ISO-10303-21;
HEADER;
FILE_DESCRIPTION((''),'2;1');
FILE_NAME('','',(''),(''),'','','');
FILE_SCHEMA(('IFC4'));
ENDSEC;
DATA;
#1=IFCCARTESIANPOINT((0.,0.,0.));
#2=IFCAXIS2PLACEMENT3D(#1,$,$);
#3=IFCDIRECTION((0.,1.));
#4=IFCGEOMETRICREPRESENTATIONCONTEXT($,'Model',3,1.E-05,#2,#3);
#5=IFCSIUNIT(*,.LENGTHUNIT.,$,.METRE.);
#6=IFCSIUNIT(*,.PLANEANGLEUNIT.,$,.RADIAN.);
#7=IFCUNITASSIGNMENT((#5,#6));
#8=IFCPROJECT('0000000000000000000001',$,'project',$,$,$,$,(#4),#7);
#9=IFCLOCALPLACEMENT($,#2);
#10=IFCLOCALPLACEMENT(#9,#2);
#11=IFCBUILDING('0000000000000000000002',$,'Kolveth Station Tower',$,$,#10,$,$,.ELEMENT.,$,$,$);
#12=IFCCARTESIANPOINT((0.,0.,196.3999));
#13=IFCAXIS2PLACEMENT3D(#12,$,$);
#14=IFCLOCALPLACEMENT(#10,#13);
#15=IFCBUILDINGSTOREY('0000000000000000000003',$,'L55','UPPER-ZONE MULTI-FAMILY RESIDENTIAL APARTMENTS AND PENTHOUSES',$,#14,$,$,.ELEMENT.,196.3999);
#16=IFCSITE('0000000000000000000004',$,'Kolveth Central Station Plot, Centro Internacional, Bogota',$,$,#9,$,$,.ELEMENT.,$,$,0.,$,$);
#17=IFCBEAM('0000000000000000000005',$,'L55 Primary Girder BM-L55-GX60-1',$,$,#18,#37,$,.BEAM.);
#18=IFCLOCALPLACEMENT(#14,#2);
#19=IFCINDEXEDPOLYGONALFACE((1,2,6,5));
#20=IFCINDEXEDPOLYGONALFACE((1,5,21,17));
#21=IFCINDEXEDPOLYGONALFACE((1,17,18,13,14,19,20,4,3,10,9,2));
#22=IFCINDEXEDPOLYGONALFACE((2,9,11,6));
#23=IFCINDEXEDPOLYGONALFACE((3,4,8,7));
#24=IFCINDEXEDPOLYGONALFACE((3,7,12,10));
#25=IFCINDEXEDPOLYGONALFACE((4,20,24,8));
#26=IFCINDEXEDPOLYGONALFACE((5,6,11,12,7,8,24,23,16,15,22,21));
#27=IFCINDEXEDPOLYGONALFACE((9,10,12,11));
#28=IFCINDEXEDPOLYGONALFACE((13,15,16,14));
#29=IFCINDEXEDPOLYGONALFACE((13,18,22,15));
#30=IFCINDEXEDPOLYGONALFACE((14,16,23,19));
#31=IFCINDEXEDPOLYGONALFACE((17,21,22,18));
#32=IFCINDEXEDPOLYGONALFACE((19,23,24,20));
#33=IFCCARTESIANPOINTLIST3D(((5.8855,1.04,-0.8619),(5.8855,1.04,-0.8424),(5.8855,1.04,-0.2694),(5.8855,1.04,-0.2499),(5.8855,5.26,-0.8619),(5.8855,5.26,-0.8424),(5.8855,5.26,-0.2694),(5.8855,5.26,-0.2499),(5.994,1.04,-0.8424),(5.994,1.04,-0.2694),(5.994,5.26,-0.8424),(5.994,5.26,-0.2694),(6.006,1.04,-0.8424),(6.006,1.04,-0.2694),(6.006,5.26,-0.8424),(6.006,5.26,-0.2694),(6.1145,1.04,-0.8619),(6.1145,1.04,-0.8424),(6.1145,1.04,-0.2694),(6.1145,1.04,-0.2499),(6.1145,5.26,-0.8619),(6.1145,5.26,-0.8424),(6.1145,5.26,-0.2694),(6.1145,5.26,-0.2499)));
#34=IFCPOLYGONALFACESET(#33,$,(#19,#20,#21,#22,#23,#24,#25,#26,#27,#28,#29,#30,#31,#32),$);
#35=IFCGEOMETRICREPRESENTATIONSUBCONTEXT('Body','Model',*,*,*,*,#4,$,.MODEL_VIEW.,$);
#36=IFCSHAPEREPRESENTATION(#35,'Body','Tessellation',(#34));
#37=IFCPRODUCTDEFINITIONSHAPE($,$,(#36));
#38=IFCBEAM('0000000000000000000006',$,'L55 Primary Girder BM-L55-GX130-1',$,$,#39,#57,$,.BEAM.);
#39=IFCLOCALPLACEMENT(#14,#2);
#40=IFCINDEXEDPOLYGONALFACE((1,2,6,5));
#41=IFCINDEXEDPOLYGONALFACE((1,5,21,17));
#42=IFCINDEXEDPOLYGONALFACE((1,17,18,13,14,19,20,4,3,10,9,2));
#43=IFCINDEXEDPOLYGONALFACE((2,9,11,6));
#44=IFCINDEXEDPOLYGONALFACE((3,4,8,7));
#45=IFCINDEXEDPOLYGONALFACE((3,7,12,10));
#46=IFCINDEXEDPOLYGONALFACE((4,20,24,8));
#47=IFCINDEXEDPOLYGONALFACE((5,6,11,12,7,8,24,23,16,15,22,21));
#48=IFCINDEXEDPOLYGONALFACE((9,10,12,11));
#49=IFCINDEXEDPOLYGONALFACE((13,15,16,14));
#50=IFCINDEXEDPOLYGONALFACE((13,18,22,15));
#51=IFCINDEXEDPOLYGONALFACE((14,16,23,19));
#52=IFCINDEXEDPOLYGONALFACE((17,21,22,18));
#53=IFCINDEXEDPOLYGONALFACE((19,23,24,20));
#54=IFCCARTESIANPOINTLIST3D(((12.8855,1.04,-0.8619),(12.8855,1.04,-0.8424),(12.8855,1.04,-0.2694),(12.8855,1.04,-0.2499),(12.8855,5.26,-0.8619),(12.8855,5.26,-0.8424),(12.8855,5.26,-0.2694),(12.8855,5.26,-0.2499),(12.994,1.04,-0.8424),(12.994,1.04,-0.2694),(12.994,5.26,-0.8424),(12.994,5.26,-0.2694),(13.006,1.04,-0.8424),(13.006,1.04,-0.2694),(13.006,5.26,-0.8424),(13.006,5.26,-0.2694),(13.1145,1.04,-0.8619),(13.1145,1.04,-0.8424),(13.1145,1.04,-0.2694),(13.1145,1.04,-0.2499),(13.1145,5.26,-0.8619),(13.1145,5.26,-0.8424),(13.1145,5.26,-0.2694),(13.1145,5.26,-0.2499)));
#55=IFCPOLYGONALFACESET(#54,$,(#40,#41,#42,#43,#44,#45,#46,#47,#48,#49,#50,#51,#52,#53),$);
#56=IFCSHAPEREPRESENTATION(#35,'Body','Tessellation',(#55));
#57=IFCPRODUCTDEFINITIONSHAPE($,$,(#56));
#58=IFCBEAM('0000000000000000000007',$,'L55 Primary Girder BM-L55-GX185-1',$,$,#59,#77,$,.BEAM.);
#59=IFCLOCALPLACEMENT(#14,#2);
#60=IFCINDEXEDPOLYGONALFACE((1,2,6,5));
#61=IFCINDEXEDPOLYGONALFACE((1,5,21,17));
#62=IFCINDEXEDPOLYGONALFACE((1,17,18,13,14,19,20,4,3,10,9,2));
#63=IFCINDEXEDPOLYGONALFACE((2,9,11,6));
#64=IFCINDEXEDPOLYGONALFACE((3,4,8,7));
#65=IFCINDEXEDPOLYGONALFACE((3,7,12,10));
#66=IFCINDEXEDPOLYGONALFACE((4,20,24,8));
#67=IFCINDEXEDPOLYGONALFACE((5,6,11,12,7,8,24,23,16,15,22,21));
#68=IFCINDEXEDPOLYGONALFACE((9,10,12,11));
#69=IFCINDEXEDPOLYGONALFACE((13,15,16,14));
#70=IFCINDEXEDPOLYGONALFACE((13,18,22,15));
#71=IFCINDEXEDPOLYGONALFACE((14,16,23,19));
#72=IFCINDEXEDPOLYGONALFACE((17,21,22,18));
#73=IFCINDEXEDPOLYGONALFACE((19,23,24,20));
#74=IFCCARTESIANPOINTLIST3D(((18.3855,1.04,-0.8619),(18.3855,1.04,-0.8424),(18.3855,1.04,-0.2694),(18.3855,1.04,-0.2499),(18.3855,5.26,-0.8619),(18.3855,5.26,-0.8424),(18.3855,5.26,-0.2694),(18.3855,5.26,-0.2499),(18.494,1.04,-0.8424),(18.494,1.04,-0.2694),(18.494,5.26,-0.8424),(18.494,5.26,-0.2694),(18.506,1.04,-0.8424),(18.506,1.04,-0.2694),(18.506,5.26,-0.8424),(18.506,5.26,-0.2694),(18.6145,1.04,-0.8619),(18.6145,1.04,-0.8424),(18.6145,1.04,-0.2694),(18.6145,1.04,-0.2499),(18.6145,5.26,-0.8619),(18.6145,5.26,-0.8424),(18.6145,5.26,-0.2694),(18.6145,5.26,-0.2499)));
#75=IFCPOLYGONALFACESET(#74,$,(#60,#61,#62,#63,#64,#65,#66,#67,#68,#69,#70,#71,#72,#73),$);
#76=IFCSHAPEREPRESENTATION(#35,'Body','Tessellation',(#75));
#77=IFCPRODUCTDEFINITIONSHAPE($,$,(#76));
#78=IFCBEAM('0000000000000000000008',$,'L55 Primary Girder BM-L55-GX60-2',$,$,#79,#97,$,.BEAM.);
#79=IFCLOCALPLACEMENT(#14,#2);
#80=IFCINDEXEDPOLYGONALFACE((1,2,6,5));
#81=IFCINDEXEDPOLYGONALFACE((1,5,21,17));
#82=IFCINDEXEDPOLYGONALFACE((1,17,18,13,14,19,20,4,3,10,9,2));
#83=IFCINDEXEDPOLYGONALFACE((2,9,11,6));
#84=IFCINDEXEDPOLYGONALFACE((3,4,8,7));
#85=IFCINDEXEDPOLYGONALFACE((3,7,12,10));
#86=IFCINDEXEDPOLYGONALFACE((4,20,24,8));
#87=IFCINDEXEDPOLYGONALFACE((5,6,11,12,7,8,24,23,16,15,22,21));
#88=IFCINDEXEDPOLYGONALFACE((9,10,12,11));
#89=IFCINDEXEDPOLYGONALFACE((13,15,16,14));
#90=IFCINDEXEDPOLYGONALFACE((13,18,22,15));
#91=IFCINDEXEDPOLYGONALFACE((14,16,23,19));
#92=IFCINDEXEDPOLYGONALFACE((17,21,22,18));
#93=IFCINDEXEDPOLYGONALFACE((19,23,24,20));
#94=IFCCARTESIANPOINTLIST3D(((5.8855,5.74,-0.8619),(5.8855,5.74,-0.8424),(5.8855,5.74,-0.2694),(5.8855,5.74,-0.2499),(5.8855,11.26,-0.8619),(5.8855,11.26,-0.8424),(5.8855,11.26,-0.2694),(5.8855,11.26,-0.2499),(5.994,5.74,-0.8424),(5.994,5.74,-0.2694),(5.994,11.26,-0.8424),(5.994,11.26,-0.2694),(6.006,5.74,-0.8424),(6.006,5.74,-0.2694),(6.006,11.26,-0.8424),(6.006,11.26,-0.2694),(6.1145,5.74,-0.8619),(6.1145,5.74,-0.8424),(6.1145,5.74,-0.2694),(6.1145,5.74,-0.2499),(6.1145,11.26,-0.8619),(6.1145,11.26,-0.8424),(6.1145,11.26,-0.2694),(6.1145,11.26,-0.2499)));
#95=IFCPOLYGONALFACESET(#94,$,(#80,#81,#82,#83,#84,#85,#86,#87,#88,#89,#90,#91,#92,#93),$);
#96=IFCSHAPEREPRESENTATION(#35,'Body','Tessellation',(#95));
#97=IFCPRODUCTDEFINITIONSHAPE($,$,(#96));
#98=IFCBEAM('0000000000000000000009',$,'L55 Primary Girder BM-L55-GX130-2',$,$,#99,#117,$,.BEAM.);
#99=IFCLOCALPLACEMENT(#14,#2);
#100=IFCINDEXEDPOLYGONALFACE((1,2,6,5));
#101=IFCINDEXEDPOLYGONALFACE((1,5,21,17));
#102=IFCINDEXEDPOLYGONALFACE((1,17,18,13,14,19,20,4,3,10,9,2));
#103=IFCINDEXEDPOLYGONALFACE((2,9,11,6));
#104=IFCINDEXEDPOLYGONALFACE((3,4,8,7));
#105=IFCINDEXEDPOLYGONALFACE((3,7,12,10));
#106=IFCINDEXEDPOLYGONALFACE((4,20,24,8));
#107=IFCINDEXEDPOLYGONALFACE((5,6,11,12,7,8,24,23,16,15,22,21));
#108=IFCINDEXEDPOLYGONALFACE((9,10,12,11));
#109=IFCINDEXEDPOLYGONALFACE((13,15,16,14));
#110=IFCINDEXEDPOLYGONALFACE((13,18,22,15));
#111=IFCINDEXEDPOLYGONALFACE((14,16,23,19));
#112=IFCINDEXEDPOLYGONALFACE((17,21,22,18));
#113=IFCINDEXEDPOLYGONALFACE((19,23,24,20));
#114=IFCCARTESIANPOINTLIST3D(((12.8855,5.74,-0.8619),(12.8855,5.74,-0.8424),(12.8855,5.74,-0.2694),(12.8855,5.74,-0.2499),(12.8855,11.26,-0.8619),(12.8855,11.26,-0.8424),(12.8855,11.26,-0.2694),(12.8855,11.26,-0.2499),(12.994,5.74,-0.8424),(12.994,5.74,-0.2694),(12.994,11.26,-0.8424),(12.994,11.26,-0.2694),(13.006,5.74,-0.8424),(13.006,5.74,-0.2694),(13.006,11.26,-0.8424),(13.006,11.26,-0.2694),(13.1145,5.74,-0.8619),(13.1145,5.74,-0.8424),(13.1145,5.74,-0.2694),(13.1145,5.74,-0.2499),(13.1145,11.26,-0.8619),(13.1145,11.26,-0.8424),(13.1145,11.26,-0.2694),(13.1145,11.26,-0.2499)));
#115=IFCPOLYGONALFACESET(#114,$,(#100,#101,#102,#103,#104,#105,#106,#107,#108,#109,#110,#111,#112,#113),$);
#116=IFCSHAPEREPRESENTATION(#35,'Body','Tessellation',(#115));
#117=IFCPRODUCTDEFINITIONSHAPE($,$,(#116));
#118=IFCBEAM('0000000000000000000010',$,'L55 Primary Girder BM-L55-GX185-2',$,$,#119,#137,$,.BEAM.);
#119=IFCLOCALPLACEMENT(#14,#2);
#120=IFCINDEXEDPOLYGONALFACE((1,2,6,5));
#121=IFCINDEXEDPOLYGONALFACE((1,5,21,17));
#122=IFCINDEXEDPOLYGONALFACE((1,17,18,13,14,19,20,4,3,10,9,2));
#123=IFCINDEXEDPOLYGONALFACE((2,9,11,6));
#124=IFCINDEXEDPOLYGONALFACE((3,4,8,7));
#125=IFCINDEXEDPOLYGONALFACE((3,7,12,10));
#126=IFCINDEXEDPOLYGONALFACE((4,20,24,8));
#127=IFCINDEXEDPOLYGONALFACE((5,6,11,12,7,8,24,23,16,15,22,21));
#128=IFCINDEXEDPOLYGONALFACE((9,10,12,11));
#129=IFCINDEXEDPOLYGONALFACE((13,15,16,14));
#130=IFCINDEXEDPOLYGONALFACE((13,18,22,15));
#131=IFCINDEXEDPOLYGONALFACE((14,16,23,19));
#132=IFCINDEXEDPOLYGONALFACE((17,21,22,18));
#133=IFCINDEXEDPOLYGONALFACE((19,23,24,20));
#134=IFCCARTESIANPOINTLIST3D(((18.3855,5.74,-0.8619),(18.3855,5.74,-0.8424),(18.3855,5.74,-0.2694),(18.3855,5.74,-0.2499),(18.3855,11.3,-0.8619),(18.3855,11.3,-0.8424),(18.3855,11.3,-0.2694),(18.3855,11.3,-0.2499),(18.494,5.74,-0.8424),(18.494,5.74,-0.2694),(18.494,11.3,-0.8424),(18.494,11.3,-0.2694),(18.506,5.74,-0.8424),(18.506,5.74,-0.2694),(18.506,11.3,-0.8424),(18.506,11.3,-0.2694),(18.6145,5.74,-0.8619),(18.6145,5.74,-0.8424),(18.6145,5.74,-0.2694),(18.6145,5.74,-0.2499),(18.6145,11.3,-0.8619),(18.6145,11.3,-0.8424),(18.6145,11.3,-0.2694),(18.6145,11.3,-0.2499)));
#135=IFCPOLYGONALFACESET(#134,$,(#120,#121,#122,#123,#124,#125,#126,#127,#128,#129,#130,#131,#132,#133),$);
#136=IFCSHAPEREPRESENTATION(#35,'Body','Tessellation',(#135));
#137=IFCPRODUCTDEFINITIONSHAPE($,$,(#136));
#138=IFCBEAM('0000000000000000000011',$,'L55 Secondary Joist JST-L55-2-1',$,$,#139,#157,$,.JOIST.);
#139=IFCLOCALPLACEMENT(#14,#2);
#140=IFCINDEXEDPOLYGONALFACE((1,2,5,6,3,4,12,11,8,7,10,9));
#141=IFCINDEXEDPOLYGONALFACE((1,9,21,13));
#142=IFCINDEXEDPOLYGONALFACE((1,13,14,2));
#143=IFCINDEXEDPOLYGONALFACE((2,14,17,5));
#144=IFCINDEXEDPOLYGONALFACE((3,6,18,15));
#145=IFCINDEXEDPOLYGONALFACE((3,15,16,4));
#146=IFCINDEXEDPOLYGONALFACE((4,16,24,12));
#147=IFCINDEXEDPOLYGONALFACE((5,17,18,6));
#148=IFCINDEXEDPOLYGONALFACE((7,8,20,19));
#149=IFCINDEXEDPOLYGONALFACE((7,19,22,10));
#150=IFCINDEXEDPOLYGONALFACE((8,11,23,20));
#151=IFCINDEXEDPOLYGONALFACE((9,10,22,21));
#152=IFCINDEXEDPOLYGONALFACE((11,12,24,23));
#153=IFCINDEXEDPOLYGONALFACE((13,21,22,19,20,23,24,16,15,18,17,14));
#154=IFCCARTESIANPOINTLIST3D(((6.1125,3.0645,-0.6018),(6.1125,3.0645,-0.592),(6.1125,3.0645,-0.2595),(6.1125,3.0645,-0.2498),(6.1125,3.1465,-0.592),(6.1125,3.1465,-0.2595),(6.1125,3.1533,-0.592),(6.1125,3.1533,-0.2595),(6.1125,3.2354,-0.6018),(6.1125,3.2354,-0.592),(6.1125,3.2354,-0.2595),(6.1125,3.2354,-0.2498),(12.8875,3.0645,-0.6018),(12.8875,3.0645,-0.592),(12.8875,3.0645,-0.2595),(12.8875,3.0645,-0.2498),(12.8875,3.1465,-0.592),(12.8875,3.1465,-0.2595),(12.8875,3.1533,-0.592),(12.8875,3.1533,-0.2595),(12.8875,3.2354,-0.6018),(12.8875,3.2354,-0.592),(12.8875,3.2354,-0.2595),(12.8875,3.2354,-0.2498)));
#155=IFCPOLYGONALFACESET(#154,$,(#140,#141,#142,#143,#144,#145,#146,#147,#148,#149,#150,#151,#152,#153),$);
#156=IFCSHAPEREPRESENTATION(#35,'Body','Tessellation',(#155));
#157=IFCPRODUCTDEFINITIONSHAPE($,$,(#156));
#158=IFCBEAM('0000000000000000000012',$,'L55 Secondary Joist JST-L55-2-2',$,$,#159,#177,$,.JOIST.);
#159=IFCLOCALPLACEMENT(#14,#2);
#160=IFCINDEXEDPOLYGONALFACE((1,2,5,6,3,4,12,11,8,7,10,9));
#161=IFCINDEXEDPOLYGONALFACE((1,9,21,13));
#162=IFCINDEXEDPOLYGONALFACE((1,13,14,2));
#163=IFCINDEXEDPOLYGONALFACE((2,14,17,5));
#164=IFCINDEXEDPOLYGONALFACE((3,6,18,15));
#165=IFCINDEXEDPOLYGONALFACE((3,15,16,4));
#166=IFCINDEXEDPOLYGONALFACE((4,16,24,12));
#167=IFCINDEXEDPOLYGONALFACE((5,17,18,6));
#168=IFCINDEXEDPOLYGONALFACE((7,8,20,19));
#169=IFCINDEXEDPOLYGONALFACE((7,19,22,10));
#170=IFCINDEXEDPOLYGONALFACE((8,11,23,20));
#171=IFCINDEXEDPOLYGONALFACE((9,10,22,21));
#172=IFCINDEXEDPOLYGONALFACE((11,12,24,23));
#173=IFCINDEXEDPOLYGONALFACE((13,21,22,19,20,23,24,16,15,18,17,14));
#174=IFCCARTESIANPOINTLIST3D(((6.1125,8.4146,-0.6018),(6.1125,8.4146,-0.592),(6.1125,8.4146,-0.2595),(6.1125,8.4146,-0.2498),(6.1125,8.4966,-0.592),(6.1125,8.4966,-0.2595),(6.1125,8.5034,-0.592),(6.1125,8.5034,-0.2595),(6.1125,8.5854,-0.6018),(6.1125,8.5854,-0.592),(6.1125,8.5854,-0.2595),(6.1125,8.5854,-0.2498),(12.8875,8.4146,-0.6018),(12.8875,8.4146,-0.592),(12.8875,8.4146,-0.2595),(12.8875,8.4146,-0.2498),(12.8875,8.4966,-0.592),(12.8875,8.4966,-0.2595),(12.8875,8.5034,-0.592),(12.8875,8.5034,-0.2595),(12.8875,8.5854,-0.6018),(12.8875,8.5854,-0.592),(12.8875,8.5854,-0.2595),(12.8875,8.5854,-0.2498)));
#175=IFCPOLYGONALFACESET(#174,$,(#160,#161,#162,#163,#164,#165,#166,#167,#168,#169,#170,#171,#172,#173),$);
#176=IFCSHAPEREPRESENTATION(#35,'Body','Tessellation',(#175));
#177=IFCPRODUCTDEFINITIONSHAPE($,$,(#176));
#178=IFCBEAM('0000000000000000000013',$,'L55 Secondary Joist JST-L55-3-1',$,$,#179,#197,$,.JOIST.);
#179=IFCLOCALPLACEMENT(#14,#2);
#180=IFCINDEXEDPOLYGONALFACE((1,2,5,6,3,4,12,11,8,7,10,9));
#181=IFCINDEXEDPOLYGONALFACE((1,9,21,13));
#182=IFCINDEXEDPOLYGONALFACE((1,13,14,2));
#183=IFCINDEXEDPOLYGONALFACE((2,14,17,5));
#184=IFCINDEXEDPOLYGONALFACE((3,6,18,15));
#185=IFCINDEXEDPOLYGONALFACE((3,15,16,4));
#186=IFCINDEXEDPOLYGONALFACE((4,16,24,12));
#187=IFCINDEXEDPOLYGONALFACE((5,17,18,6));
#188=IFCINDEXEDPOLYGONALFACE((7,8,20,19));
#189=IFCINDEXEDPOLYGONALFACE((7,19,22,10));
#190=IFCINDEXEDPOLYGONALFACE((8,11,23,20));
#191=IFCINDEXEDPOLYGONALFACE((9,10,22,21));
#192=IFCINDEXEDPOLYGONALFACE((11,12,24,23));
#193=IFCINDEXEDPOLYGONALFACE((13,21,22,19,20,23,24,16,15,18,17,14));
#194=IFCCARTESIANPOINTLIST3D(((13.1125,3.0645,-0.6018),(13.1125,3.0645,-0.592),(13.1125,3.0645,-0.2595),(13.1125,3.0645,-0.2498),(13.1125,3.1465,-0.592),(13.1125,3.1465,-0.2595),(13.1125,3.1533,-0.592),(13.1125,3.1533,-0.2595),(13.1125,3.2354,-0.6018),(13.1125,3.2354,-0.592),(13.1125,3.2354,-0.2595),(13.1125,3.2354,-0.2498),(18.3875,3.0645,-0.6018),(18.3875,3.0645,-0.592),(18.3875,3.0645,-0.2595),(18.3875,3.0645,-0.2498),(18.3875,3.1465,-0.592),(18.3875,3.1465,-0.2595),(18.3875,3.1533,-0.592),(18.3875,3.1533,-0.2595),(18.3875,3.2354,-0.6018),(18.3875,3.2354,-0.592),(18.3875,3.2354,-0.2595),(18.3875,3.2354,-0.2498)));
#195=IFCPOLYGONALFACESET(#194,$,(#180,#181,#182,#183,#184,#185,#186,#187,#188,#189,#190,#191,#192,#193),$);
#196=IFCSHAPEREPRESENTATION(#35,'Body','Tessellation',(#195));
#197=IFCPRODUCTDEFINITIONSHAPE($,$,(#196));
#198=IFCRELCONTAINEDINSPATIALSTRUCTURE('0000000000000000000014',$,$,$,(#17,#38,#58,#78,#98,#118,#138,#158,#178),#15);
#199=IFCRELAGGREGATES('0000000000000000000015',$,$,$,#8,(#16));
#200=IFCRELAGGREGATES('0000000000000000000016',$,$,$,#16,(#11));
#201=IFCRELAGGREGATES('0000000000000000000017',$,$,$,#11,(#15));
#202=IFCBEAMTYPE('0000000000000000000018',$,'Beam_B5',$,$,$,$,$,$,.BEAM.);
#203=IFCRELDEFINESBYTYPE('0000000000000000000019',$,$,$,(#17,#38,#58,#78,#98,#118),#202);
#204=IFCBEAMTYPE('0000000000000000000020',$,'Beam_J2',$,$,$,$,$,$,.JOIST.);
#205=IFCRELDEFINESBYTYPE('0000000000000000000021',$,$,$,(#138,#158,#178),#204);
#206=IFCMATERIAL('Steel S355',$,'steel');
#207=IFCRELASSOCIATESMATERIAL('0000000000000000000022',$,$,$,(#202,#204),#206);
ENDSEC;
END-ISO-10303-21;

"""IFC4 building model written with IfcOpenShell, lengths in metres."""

from ifc_helpers import new_model, si_unit, direction, frame, origin, origin_2d, place, context, subcontext, project, spatial, i_section, extrude, source, transform, mapped, material, material_profile, profile_set, type_object, element, save


model = new_model("IFC4")

# Units and contexts
model_context = context("Model", 3, precision=1e-05, world=origin(), true_north=direction((0.0, 1.0)))
body_context = subcontext(model_context, "Body", "Model", "MODEL_VIEW")
ifc_project = project(units=[si_unit("LENGTHUNIT", "METRE"), si_unit("PLANEANGLEUNIT", "RADIAN")], contexts=[model_context])

# Site, building, storey
site_placement = place(None, origin())
site = spatial("IfcSite", under=ifc_project, at=site_placement, Name="Kolveth Central Station Plot, Centro Internacional, Bogota", CompositionType="ELEMENT", RefElevation=0.0)
building_placement = place(site_placement, origin())
building = spatial("IfcBuilding", under=site, at=building_placement, Name="Kolveth Station Tower", CompositionType="ELEMENT")
storey_placement = place(building_placement, frame((0.0, 0.0, 196.3999)))
storey = spatial("IfcBuildingStorey", under=building, at=storey_placement, Name="L55", Description="UPPER-ZONE MULTI-FAMILY RESIDENTIAL APARTMENTS AND PENTHOUSES", CompositionType="ELEMENT", Elevation=196.3999)

# Shared definitions
ifc_material_1 = material(Name="Steel S355", Category="steel")

# Beams
ifc_material_profile_1 = material_profile(ifc_material_1, i_section(OverallWidth=0.229, OverallDepth=0.6121, WebThickness=0.012, FlangeThickness=0.0195, at=origin_2d()), Name="W610x125")
ifc_profile_set_1 = profile_set([ifc_material_profile_1], Name="Steel S355")
beam_type_1 = type_object("IfcBeamType", Name="Beam_B5", PredefinedType="BEAM", material=ifc_profile_set_1)
shared_shape_1 = source(origin(), body_context, "Body", "SweptSolid", [
    extrude(i_section(OverallWidth=0.229, OverallDepth=0.6121, WebThickness=0.012, FlangeThickness=0.0195, at=origin_2d()), origin(), (0.0, 0.0, 1.0), 4.22),
])
for number, where, z_axis, x_axis, name in (
    (1, (6.0, 1.04, -0.5559), (0.0, 1.0, 0.0), (-1.0, 0.0, 0.0), "L55 Primary Girder BM-L55-GX60-1"),
    (2, (13.0, 1.04, -0.5559), (0.0, 1.0, 0.0), (-1.0, 0.0, 0.0), "L55 Primary Girder BM-L55-GX130-1"),
    (3, (18.5, 1.04, -0.5559), (0.0, 1.0, 0.0), (-1.0, 0.0, 0.0), "L55 Primary Girder BM-L55-GX185-1"),
):
    element("IfcBeam", number, at=place(storey_placement, frame(where, z_axis=z_axis, x_axis=x_axis)), inside=storey, type_object=beam_type_1, Name=name, PredefinedType="BEAM", context=body_context, shape_type="MappedRepresentation", body=[
        mapped(shared_shape_1, transform((0.0, 0.0, 0.0), x_axis=(1.0, 0.0, 0.0), y_axis=(0.0, 1.0, 0.0), z_axis=(0.0, 0.0, 1.0), scale=1.0)),
    ])
shared_shape_2 = source(origin(), body_context, "Body", "SweptSolid", [
    extrude(i_section(OverallWidth=0.229, OverallDepth=0.6121, WebThickness=0.012, FlangeThickness=0.0195, at=origin_2d()), origin(), (0.0, 0.0, 1.0), 5.52),
])
for number, where, z_axis, x_axis, name in (
    (4, (6.0, 5.74, -0.5559), (0.0, 1.0, 0.0), (-1.0, 0.0, 0.0), "L55 Primary Girder BM-L55-GX60-2"),
    (5, (13.0, 5.74, -0.5559), (0.0, 1.0, 0.0), (-1.0, 0.0, 0.0), "L55 Primary Girder BM-L55-GX130-2"),
):
    element("IfcBeam", number, at=place(storey_placement, frame(where, z_axis=z_axis, x_axis=x_axis)), inside=storey, type_object=beam_type_1, Name=name, PredefinedType="BEAM", context=body_context, shape_type="MappedRepresentation", body=[
        mapped(shared_shape_2, transform((0.0, 0.0, 0.0), x_axis=(1.0, 0.0, 0.0), y_axis=(0.0, 1.0, 0.0), z_axis=(0.0, 0.0, 1.0), scale=1.0)),
    ])
shared_shape_3 = source(origin(), body_context, "Body", "SweptSolid", [
    extrude(i_section(OverallWidth=0.229, OverallDepth=0.6121, WebThickness=0.012, FlangeThickness=0.0195, at=origin_2d()), origin(), (0.0, 0.0, 1.0), 5.5601),
])
beam_1_placement = place(storey_placement, frame((18.5, 5.74, -0.5559), z_axis=(0.0, 1.0, 0.0), x_axis=(-1.0, 0.0, 0.0)))
element("IfcBeam", 6, at=beam_1_placement, inside=storey, type_object=beam_type_1, Name="L55 Primary Girder BM-L55-GX185-2", PredefinedType="BEAM", context=body_context, shape_type="MappedRepresentation", body=[
    mapped(shared_shape_3, transform((0.0, 0.0, 0.0), x_axis=(1.0, 0.0, 0.0), y_axis=(0.0, 1.0, 0.0), z_axis=(0.0, 0.0, 1.0), scale=1.0)),
])
ifc_material_profile_2 = material_profile(ifc_material_1, i_section(OverallWidth=0.1709, OverallDepth=0.3521, WebThickness=0.0068, FlangeThickness=0.0098, at=origin_2d()), Name="W360x44")
ifc_profile_set_2 = profile_set([ifc_material_profile_2], Name="Steel S355")
beam_type_2 = type_object("IfcBeamType", Name="Beam_J2", PredefinedType="JOIST", material=ifc_profile_set_2)
shared_shape_4 = source(origin(), body_context, "Body", "SweptSolid", [
    extrude(i_section(OverallWidth=0.1709, OverallDepth=0.3521, WebThickness=0.0068, FlangeThickness=0.0098, at=origin_2d()), origin(), (0.0, 0.0, 1.0), 6.7749),
])
for number, where, z_axis, x_axis, name in (
    (7, (6.1125, 3.1499, -0.4258), (1.0, 0.0, 0.0), (0.0, 1.0, 0.0), "L55 Secondary Joist JST-L55-2-1"),
    (8, (6.1125, 8.5, -0.4258), (1.0, 0.0, 0.0), (0.0, 1.0, 0.0), "L55 Secondary Joist JST-L55-2-2"),
):
    element("IfcBeam", number, at=place(storey_placement, frame(where, z_axis=z_axis, x_axis=x_axis)), inside=storey, type_object=beam_type_2, Name=name, PredefinedType="JOIST", context=body_context, shape_type="MappedRepresentation", body=[
        mapped(shared_shape_4, transform((0.0, 0.0, 0.0), x_axis=(1.0, 0.0, 0.0), y_axis=(0.0, 1.0, 0.0), z_axis=(0.0, 0.0, 1.0), scale=1.0)),
    ])
shared_shape_5 = source(origin(), body_context, "Body", "SweptSolid", [
    extrude(i_section(OverallWidth=0.1709, OverallDepth=0.3521, WebThickness=0.0068, FlangeThickness=0.0098, at=origin_2d()), origin(), (0.0, 0.0, 1.0), 5.2749),
])
beam_2_placement = place(storey_placement, frame((13.1125, 3.1499, -0.4258), z_axis=(1.0, 0.0, 0.0), x_axis=(0.0, 1.0, 0.0)))
element("IfcBeam", 9, at=beam_2_placement, inside=storey, type_object=beam_type_2, Name="L55 Secondary Joist JST-L55-3-1", PredefinedType="JOIST", context=body_context, shape_type="MappedRepresentation", body=[
    mapped(shared_shape_5, transform((0.0, 0.0, 0.0), x_axis=(1.0, 0.0, 0.0), y_axis=(0.0, 1.0, 0.0), z_axis=(0.0, 0.0, 1.0), scale=1.0)),
])

save(model, "model.ifc")
